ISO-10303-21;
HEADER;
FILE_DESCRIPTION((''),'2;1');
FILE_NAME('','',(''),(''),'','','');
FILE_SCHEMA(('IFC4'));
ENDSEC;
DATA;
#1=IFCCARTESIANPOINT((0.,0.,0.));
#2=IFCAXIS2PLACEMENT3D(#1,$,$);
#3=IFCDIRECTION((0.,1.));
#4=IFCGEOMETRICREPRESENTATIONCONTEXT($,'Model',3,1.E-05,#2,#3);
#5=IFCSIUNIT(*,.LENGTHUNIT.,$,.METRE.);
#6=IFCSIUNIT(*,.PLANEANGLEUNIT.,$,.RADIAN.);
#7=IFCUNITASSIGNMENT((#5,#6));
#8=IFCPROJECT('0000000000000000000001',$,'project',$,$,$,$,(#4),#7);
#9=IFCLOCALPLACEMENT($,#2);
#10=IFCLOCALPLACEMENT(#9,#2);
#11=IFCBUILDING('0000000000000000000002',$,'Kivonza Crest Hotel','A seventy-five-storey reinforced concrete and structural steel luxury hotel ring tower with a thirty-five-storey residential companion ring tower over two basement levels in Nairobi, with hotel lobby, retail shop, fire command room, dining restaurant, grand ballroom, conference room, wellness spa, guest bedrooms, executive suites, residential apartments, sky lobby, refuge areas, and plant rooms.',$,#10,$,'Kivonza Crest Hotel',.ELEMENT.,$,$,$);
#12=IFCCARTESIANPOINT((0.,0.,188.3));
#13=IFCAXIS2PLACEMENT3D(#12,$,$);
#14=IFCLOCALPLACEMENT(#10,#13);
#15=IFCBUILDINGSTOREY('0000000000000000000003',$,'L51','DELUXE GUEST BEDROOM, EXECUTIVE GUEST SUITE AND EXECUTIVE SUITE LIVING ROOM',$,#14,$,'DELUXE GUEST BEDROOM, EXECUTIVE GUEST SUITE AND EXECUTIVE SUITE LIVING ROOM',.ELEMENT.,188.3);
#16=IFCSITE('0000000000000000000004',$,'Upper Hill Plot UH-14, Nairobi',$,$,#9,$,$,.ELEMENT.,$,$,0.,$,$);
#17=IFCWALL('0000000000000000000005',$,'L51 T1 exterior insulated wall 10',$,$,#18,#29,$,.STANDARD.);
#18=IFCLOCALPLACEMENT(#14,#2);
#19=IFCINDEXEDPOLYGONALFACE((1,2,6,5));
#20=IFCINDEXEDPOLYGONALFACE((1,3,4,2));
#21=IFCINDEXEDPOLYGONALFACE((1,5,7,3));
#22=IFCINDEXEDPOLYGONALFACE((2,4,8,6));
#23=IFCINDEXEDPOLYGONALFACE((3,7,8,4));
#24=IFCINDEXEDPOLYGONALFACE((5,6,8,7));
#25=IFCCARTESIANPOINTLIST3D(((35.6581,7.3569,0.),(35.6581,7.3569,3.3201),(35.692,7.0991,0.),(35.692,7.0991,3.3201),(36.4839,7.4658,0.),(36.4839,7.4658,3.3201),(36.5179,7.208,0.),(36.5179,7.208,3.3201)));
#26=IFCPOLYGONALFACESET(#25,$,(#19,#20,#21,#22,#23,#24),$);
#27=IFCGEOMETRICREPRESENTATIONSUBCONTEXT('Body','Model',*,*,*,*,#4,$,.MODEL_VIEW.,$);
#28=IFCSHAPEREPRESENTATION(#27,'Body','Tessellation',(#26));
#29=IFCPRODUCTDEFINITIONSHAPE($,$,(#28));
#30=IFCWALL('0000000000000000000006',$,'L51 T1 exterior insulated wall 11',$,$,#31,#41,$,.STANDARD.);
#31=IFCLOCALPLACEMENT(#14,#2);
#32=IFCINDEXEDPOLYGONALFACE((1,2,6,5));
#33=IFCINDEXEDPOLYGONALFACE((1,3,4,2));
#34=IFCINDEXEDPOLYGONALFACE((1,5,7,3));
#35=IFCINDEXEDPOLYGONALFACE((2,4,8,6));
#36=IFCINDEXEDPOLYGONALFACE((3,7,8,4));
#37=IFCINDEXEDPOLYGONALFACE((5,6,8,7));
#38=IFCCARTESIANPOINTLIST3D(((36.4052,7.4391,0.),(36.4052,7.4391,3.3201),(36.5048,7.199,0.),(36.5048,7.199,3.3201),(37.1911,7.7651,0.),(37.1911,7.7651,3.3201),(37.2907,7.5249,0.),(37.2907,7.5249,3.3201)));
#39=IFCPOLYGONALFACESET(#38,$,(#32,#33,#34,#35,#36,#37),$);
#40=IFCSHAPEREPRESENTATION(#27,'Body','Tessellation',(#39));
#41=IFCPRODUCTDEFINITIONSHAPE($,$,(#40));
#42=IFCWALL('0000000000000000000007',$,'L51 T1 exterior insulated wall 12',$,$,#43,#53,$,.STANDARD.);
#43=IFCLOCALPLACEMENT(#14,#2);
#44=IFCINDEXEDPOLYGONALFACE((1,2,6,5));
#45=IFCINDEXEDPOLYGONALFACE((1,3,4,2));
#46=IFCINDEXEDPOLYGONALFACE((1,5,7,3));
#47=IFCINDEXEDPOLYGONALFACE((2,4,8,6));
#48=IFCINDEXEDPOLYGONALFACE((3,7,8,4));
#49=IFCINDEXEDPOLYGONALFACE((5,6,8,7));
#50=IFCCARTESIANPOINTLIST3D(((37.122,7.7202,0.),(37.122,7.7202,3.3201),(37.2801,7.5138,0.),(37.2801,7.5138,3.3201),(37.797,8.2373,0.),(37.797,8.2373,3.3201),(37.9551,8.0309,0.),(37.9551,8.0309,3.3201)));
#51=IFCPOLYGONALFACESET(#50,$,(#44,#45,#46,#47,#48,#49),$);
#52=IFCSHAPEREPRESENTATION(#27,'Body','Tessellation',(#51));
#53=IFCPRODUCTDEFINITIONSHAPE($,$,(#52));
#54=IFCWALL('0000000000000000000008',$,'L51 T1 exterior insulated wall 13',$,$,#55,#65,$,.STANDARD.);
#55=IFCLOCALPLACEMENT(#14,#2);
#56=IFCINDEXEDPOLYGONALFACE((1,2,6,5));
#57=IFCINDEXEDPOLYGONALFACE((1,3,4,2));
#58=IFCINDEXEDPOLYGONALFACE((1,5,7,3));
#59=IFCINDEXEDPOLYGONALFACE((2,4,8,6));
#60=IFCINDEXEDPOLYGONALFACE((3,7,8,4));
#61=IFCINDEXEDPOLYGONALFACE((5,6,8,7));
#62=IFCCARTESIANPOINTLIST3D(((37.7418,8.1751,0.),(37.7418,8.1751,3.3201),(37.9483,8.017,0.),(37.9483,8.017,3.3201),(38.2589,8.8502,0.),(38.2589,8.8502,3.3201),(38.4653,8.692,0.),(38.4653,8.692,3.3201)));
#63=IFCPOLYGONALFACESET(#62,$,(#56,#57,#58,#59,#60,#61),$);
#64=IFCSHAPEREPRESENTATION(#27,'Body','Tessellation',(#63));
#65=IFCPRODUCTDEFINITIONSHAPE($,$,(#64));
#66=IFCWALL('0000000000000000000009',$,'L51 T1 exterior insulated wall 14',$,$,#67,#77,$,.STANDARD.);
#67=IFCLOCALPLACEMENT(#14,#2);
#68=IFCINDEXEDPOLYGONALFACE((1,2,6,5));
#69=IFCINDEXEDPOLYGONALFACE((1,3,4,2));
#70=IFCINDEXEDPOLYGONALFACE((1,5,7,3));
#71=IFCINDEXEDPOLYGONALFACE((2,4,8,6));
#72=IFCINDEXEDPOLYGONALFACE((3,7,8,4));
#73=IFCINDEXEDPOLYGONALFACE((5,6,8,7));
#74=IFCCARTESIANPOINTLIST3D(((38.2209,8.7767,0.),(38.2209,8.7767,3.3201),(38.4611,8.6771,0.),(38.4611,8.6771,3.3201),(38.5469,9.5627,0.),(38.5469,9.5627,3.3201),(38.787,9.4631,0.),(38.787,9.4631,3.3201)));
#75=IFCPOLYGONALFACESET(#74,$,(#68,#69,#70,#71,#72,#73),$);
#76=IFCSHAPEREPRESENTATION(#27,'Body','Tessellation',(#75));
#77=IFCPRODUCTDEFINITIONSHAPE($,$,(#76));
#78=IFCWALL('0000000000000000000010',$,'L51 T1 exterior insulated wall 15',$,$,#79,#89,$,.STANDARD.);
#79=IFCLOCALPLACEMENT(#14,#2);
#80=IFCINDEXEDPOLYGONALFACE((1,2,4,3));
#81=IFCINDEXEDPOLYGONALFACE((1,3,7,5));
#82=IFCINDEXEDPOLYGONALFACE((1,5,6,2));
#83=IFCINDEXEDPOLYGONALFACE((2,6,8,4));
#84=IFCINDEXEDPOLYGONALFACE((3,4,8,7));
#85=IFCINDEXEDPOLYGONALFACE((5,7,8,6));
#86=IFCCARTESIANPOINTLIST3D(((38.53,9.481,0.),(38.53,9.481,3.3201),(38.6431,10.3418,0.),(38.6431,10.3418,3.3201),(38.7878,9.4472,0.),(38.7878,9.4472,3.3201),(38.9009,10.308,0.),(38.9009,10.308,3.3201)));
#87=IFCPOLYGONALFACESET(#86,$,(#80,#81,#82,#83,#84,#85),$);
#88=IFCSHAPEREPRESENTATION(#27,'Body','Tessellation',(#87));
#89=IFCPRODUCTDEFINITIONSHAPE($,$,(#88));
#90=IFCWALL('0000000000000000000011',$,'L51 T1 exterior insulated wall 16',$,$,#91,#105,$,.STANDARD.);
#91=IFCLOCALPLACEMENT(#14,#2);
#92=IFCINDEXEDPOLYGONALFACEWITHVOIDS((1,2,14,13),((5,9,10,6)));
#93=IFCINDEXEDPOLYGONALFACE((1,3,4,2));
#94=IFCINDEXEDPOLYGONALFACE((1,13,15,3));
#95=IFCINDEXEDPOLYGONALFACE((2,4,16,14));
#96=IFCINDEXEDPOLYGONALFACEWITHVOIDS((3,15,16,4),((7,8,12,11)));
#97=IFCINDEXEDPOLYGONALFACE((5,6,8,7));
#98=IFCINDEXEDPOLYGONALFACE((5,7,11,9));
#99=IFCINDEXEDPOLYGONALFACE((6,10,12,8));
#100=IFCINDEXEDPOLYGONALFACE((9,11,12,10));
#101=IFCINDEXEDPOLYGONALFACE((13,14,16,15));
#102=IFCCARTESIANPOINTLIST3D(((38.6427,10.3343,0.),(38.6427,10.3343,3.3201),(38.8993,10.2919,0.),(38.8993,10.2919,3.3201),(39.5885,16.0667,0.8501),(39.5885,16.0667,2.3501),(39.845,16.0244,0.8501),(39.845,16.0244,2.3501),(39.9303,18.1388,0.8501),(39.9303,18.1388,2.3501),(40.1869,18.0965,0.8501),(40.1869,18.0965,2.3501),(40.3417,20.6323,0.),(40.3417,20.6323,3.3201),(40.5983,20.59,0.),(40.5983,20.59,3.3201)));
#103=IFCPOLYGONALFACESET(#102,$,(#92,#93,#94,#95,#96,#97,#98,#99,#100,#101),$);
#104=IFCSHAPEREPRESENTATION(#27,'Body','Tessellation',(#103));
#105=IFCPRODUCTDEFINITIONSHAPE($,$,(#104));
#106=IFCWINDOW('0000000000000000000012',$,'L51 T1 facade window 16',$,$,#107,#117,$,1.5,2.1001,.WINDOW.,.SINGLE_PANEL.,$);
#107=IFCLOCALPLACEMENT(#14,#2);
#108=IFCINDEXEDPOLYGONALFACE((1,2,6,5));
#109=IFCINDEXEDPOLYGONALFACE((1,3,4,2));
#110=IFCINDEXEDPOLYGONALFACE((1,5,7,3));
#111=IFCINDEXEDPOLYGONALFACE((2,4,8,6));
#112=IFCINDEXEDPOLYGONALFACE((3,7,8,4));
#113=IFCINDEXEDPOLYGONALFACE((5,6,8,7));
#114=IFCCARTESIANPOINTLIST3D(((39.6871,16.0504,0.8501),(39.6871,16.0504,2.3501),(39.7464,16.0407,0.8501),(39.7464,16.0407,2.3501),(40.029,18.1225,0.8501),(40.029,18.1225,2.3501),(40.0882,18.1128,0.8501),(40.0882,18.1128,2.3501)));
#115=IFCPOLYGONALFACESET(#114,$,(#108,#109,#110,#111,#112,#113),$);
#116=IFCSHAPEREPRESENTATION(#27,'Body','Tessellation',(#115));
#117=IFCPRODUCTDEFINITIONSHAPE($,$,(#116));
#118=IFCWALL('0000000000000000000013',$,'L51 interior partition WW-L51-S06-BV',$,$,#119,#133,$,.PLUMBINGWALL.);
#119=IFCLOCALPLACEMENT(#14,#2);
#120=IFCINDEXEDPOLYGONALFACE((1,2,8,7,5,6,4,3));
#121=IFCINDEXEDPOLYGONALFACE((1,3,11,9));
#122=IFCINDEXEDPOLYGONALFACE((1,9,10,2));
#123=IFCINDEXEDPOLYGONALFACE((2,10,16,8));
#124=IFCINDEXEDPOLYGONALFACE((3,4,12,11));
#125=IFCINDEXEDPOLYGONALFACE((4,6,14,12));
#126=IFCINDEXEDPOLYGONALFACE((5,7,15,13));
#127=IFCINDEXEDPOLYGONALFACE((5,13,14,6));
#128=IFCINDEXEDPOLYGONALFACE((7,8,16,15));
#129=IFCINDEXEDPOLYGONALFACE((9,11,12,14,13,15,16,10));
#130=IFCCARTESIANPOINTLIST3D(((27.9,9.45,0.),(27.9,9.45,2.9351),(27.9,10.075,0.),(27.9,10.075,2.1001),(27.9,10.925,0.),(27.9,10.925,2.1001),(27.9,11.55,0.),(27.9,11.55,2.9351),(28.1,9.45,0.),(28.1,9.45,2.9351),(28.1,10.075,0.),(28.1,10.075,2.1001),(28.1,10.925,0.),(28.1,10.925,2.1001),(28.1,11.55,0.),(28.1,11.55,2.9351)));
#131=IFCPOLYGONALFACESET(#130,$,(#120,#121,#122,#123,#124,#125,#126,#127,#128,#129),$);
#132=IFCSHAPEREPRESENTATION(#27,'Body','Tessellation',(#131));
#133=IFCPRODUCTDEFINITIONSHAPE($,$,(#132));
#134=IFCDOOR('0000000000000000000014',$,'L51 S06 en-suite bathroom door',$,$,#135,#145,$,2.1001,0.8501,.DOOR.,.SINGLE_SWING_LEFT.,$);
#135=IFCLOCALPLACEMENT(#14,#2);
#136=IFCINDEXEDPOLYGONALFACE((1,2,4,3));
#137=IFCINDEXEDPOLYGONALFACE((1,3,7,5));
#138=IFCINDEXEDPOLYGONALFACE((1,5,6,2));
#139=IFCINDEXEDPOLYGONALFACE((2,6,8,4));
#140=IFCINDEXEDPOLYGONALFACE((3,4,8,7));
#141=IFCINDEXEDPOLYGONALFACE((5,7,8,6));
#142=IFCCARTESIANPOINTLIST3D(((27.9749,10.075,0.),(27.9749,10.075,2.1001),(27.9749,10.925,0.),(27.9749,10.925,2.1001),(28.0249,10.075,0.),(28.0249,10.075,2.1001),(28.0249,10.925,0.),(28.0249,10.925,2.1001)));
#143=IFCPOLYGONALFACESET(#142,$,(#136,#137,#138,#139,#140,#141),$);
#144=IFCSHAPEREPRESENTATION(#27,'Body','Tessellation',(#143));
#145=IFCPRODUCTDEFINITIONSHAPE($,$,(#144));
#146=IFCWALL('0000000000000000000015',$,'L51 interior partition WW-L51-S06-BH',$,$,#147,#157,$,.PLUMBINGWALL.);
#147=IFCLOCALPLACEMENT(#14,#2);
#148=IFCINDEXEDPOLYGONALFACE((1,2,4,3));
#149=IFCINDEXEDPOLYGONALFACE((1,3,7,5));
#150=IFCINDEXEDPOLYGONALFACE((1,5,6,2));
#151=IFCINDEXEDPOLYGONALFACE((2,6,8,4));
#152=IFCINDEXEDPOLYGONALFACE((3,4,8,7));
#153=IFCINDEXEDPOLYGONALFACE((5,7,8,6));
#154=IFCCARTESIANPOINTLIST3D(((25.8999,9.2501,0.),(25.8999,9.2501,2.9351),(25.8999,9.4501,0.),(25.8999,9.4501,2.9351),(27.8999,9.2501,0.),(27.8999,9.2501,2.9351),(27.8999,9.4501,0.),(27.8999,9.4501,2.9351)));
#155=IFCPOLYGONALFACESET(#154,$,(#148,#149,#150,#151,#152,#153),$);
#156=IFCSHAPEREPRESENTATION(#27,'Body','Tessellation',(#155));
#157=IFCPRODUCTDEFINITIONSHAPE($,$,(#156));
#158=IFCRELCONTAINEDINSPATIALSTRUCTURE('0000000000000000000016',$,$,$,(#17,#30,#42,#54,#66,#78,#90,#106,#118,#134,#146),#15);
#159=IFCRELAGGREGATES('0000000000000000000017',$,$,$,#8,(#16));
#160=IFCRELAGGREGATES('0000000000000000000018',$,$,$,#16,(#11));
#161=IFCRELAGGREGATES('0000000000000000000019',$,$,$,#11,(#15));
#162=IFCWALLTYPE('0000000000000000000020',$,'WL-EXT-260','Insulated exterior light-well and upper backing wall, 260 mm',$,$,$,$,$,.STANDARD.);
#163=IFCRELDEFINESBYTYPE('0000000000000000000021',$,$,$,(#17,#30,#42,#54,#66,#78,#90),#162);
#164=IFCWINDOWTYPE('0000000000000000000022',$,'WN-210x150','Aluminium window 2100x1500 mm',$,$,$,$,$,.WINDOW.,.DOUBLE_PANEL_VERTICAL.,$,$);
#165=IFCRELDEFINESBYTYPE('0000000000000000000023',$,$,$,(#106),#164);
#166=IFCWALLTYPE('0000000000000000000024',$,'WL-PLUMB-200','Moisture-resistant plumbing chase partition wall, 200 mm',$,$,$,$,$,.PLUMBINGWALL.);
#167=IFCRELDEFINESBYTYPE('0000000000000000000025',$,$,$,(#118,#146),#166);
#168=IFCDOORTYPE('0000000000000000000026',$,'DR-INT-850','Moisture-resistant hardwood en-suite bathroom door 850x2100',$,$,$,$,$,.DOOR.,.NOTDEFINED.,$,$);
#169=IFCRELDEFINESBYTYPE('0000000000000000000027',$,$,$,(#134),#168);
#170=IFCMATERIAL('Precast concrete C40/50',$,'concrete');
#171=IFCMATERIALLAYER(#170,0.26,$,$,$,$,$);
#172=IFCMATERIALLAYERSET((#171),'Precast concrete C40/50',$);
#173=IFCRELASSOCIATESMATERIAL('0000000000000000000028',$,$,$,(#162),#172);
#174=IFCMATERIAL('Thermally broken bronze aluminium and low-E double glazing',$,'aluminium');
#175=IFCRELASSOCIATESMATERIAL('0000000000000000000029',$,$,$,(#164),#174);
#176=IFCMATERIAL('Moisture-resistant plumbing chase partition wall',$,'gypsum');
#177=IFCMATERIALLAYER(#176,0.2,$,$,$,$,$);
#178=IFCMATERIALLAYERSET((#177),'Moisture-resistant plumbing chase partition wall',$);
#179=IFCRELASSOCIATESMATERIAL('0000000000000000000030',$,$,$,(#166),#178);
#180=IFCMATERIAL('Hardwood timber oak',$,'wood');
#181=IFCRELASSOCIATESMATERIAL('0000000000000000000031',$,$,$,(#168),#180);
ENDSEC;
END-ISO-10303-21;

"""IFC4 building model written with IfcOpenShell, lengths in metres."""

from ifc_helpers import new_model, si_unit, direction, frame, frame_2d, origin, place, context, subcontext, project, spatial, rectangle, extrude, material, layer, layer_set, type_object, element, fill, save


model = new_model("IFC4")

# Units and contexts
model_context = context("Model", 3, precision=1e-05, world=origin(), true_north=direction((0.0, 1.0)))
body_context = subcontext(model_context, "Body", "Model", "MODEL_VIEW")
ifc_project = project(units=[si_unit("LENGTHUNIT", "METRE"), si_unit("PLANEANGLEUNIT", "RADIAN")], contexts=[model_context])

# Site, building, storey
site_placement = place(None, origin())
site = spatial("IfcSite", under=ifc_project, at=site_placement, Name="Upper Hill Plot UH-14, Nairobi", CompositionType="ELEMENT", RefElevation=0.0)
building_placement = place(site_placement, origin())
building = spatial("IfcBuilding", under=site, at=building_placement, Name="Kivonza Crest Hotel", Description="A seventy-five-storey reinforced concrete and structural steel luxury hotel ring tower with a thirty-five-storey residential companion ring tower over two basement levels in Nairobi, with hotel lobby, retail shop, fire command room, dining restaurant, grand ballroom, conference room, wellness spa, guest bedrooms, executive suites, residential apartments, sky lobby, refuge areas, and plant rooms.", LongName="Kivonza Crest Hotel", CompositionType="ELEMENT")
storey_placement = place(building_placement, frame((0.0, 0.0, 188.3)))
storey = spatial("IfcBuildingStorey", under=building, at=storey_placement, Name="L51", Description="DELUXE GUEST BEDROOM, EXECUTIVE GUEST SUITE AND EXECUTIVE SUITE LIVING ROOM", LongName="DELUXE GUEST BEDROOM, EXECUTIVE GUEST SUITE AND EXECUTIVE SUITE LIVING ROOM", CompositionType="ELEMENT", Elevation=188.3)

# Shared definitions
ifc_material_1 = material(Name="Precast concrete C40/50", Category="concrete")
ifc_layer_1 = layer(ifc_material_1, 0.26)
ifc_layer_set_1 = layer_set([ifc_layer_1], Name="Precast concrete C40/50")
wall_type_1 = type_object("IfcWallType", Name="WL-EXT-260", Description="Insulated exterior light-well and upper backing wall, 260 mm", PredefinedType="STANDARD", material=ifc_layer_set_1)
ifc_material_2 = material(Name="Thermally broken bronze aluminium and low-E double glazing", Category="aluminium")
window_type = type_object("IfcWindowType", Name="WN-210x150", Description="Aluminium window 2100x1500 mm", PartitioningType="DOUBLE_PANEL_VERTICAL", PredefinedType="WINDOW", material=ifc_material_2)

# Walls
wall_1_placement = place(storey_placement, frame((35.675, 7.228, 0.0), z_axis=(0.0, 0.0, 1.0), x_axis=(0.991421, 0.130705, 0.0)))
element("IfcWall", 1, at=wall_1_placement, inside=storey, type_object=wall_type_1, Name="L51 T1 exterior insulated wall 10", PredefinedType="STANDARD", context=body_context, shape_type="SweptSolid", body=[
    extrude(rectangle(XDim=0.833, YDim=0.26, at=frame_2d((0.4165, 0.0))), origin(), (0.0, 0.0, 1.0), 3.3201),
])
wall_2_placement = place(storey_placement, frame((36.4551, 7.3191, 0.0), z_axis=(0.0, 0.0, 1.0), x_axis=(0.923712, 0.383087, 0.0)))
element("IfcWall", 2, at=wall_2_placement, inside=storey, type_object=wall_type_1, Name="L51 T1 exterior insulated wall 11", PredefinedType="STANDARD", context=body_context, shape_type="SweptSolid", body=[
    extrude(rectangle(XDim=0.8508, YDim=0.26, at=frame_2d((0.4253, 0.0))), origin(), (0.0, 0.0, 1.0), 3.3201),
])
for number, where, z_axis, x_axis, name in (
    (3, (37.2009, 7.6169, 0.0), (0.0, 0.0, 1.0), (0.79386, 0.6081, 0.0), "L51 T1 exterior insulated wall 12"),
    (4, (37.845, 8.0959, 0.0), (0.0, 0.0, 1.0), (0.6081, 0.79386, 0.0), "L51 T1 exterior insulated wall 13"),
):
    element("IfcWall", number, at=place(storey_placement, frame(where, z_axis=z_axis, x_axis=x_axis)), inside=storey, type_object=wall_type_1, Name=name, PredefinedType="STANDARD", context=body_context, shape_type="SweptSolid", body=[
        extrude(rectangle(XDim=0.8503, YDim=0.26, at=frame_2d((0.4253, 0.0))), origin(), (0.0, 0.0, 1.0), 3.3201),
    ])
wall_3_placement = place(storey_placement, frame((38.3411, 8.7271, 0.0), z_axis=(0.0, 0.0, 1.0), x_axis=(0.383087, 0.923712, 0.0)))
element("IfcWall", 5, at=wall_3_placement, inside=storey, type_object=wall_type_1, Name="L51 T1 exterior insulated wall 14", PredefinedType="STANDARD", context=body_context, shape_type="SweptSolid", body=[
    extrude(rectangle(XDim=0.8508, YDim=0.26, at=frame_2d((0.4253, 0.0))), origin(), (0.0, 0.0, 1.0), 3.3201),
])
wall_4_placement = place(storey_placement, frame((38.6589, 9.4641, 0.0), z_axis=(0.0, 0.0, 1.0), x_axis=(0.130193, 0.991489, 0.0)))
element("IfcWall", 6, at=wall_4_placement, inside=storey, type_object=wall_type_1, Name="L51 T1 exterior insulated wall 15", PredefinedType="STANDARD", context=body_context, shape_type="SweptSolid", body=[
    extrude(rectangle(XDim=0.8682, YDim=0.26, at=frame_2d((0.4341, 0.0))), origin(), (0.0, 0.0, 1.0), 3.3201),
])

# Wall, opening, window
wall_5_placement = place(storey_placement, frame((38.771, 10.313, 0.0), z_axis=(0.0, 0.0, 1.0), x_axis=(0.162779, 0.986663, 0.0)))
wall_5 = element("IfcWall", 7, at=wall_5_placement, inside=storey, type_object=wall_type_1, Name="L51 T1 exterior insulated wall 16", PredefinedType="STANDARD", context=body_context, shape_type="SweptSolid", body=[
    extrude(rectangle(XDim=10.4373, YDim=0.26, at=frame_2d((5.2188, 0.0))), origin(), (0.0, 0.0, 1.0), 3.3201),
])
opening_1_placement = place(wall_5_placement, frame((5.8101, 0.0, 0.8501)))
opening_1 = element("IfcOpeningElement", 8, at=opening_1_placement, cuts=wall_5, PredefinedType="OPENING", context=body_context, shape_type="SweptSolid", body=[
    extrude(rectangle(XDim=2.1001, YDim=1.5, at=frame_2d((1.05, 0.75))), frame((0.0, 0.1401, 0.0), z_axis=(0.0, -1.0, 0.0), x_axis=(1.0, 0.0, 0.0)), (0.0, 0.0, 1.0), 0.28),
])
window_1_placement = place(opening_1_placement, origin())
window_1 = element("IfcWindow", 9, at=window_1_placement, inside=storey, type_object=window_type, Name="L51 T1 facade window 16", OverallHeight=1.5, OverallWidth=2.1001, PartitioningType="SINGLE_PANEL", PredefinedType="WINDOW", context=body_context, shape_type="SweptSolid", body=[
    extrude(rectangle(XDim=2.1001, YDim=1.5, at=frame_2d((1.05, 0.75))), frame((0.0, 0.03, 0.0), z_axis=(0.0, -1.0, 0.0), x_axis=(1.0, 0.0, 0.0)), (0.0, 0.0, 1.0), 0.0601),
])
fill(opening_1, window_1)

# Wall, opening, door
ifc_material_3 = material(Name="Moisture-resistant plumbing chase partition wall", Category="gypsum")
ifc_layer_2 = layer(ifc_material_3, 0.2)
ifc_layer_set_2 = layer_set([ifc_layer_2], Name="Moisture-resistant plumbing chase partition wall")
wall_type_2 = type_object("IfcWallType", Name="WL-PLUMB-200", Description="Moisture-resistant plumbing chase partition wall, 200 mm", PredefinedType="PLUMBINGWALL", material=ifc_layer_set_2)
wall_6_placement = place(storey_placement, frame((28.0, 9.45, 0.0), z_axis=(0.0, 0.0, 1.0), x_axis=(0.0, 1.0, 0.0)))
wall_6 = element("IfcWall", 10, at=wall_6_placement, inside=storey, type_object=wall_type_2, Name="L51 interior partition WW-L51-S06-BV", PredefinedType="PLUMBINGWALL", context=body_context, shape_type="SweptSolid", body=[
    extrude(rectangle(XDim=2.1001, YDim=0.2, at=frame_2d((1.05, 0.0))), origin(), (0.0, 0.0, 1.0), 2.9351),
])
opening_2_placement = place(wall_6_placement, frame((0.625, 0.0, 0.0)))
opening_2 = element("IfcOpeningElement", 11, at=opening_2_placement, cuts=wall_6, PredefinedType="OPENING", context=body_context, shape_type="SweptSolid", body=[
    extrude(rectangle(XDim=0.8501, YDim=2.1001, at=frame_2d((0.425, 1.05))), frame((0.0, 0.1099, 0.0), z_axis=(0.0, -1.0, 0.0), x_axis=(1.0, 0.0, 0.0)), (0.0, 0.0, 1.0), 0.22),
])
ifc_material_4 = material(Name="Hardwood timber oak", Category="wood")
door_type = type_object("IfcDoorType", Name="DR-INT-850", Description="Moisture-resistant hardwood en-suite bathroom door 850x2100", OperationType="NOTDEFINED", PredefinedType="DOOR", material=ifc_material_4)
door_placement = place(opening_2_placement, frame((0.8501, 0.0, 0.0), z_axis=(0.0, 0.0, 1.0), x_axis=(-1.0, 0.0, 0.0)))
door = element("IfcDoor", 12, at=door_placement, inside=storey, type_object=door_type, Name="L51 S06 en-suite bathroom door", OperationType="SINGLE_SWING_LEFT", OverallHeight=2.1001, OverallWidth=0.8501, PredefinedType="DOOR", context=body_context, shape_type="SweptSolid", body=[
    extrude(rectangle(XDim=0.8501, YDim=2.1001, at=frame_2d((0.425, 1.05))), frame((0.0, 0.0249, 0.0), z_axis=(0.0, -1.0, 0.0), x_axis=(1.0, 0.0, 0.0)), (0.0, 0.0, 1.0), 0.05),
])
fill(opening_2, door)

# Wall
wall_7_placement = place(storey_placement, frame((25.8999, 9.3501, 0.0), z_axis=(0.0, 0.0, 1.0), x_axis=(1.0, 0.0, 0.0)))
element("IfcWall", 13, at=wall_7_placement, inside=storey, type_object=wall_type_2, Name="L51 interior partition WW-L51-S06-BH", PredefinedType="PLUMBINGWALL", context=body_context, shape_type="SweptSolid", body=[
    extrude(rectangle(XDim=2.0, YDim=0.2, at=frame_2d((1.0, 0.0))), origin(), (0.0, 0.0, 1.0), 2.9351),
])

save(model, "model.ifc")
